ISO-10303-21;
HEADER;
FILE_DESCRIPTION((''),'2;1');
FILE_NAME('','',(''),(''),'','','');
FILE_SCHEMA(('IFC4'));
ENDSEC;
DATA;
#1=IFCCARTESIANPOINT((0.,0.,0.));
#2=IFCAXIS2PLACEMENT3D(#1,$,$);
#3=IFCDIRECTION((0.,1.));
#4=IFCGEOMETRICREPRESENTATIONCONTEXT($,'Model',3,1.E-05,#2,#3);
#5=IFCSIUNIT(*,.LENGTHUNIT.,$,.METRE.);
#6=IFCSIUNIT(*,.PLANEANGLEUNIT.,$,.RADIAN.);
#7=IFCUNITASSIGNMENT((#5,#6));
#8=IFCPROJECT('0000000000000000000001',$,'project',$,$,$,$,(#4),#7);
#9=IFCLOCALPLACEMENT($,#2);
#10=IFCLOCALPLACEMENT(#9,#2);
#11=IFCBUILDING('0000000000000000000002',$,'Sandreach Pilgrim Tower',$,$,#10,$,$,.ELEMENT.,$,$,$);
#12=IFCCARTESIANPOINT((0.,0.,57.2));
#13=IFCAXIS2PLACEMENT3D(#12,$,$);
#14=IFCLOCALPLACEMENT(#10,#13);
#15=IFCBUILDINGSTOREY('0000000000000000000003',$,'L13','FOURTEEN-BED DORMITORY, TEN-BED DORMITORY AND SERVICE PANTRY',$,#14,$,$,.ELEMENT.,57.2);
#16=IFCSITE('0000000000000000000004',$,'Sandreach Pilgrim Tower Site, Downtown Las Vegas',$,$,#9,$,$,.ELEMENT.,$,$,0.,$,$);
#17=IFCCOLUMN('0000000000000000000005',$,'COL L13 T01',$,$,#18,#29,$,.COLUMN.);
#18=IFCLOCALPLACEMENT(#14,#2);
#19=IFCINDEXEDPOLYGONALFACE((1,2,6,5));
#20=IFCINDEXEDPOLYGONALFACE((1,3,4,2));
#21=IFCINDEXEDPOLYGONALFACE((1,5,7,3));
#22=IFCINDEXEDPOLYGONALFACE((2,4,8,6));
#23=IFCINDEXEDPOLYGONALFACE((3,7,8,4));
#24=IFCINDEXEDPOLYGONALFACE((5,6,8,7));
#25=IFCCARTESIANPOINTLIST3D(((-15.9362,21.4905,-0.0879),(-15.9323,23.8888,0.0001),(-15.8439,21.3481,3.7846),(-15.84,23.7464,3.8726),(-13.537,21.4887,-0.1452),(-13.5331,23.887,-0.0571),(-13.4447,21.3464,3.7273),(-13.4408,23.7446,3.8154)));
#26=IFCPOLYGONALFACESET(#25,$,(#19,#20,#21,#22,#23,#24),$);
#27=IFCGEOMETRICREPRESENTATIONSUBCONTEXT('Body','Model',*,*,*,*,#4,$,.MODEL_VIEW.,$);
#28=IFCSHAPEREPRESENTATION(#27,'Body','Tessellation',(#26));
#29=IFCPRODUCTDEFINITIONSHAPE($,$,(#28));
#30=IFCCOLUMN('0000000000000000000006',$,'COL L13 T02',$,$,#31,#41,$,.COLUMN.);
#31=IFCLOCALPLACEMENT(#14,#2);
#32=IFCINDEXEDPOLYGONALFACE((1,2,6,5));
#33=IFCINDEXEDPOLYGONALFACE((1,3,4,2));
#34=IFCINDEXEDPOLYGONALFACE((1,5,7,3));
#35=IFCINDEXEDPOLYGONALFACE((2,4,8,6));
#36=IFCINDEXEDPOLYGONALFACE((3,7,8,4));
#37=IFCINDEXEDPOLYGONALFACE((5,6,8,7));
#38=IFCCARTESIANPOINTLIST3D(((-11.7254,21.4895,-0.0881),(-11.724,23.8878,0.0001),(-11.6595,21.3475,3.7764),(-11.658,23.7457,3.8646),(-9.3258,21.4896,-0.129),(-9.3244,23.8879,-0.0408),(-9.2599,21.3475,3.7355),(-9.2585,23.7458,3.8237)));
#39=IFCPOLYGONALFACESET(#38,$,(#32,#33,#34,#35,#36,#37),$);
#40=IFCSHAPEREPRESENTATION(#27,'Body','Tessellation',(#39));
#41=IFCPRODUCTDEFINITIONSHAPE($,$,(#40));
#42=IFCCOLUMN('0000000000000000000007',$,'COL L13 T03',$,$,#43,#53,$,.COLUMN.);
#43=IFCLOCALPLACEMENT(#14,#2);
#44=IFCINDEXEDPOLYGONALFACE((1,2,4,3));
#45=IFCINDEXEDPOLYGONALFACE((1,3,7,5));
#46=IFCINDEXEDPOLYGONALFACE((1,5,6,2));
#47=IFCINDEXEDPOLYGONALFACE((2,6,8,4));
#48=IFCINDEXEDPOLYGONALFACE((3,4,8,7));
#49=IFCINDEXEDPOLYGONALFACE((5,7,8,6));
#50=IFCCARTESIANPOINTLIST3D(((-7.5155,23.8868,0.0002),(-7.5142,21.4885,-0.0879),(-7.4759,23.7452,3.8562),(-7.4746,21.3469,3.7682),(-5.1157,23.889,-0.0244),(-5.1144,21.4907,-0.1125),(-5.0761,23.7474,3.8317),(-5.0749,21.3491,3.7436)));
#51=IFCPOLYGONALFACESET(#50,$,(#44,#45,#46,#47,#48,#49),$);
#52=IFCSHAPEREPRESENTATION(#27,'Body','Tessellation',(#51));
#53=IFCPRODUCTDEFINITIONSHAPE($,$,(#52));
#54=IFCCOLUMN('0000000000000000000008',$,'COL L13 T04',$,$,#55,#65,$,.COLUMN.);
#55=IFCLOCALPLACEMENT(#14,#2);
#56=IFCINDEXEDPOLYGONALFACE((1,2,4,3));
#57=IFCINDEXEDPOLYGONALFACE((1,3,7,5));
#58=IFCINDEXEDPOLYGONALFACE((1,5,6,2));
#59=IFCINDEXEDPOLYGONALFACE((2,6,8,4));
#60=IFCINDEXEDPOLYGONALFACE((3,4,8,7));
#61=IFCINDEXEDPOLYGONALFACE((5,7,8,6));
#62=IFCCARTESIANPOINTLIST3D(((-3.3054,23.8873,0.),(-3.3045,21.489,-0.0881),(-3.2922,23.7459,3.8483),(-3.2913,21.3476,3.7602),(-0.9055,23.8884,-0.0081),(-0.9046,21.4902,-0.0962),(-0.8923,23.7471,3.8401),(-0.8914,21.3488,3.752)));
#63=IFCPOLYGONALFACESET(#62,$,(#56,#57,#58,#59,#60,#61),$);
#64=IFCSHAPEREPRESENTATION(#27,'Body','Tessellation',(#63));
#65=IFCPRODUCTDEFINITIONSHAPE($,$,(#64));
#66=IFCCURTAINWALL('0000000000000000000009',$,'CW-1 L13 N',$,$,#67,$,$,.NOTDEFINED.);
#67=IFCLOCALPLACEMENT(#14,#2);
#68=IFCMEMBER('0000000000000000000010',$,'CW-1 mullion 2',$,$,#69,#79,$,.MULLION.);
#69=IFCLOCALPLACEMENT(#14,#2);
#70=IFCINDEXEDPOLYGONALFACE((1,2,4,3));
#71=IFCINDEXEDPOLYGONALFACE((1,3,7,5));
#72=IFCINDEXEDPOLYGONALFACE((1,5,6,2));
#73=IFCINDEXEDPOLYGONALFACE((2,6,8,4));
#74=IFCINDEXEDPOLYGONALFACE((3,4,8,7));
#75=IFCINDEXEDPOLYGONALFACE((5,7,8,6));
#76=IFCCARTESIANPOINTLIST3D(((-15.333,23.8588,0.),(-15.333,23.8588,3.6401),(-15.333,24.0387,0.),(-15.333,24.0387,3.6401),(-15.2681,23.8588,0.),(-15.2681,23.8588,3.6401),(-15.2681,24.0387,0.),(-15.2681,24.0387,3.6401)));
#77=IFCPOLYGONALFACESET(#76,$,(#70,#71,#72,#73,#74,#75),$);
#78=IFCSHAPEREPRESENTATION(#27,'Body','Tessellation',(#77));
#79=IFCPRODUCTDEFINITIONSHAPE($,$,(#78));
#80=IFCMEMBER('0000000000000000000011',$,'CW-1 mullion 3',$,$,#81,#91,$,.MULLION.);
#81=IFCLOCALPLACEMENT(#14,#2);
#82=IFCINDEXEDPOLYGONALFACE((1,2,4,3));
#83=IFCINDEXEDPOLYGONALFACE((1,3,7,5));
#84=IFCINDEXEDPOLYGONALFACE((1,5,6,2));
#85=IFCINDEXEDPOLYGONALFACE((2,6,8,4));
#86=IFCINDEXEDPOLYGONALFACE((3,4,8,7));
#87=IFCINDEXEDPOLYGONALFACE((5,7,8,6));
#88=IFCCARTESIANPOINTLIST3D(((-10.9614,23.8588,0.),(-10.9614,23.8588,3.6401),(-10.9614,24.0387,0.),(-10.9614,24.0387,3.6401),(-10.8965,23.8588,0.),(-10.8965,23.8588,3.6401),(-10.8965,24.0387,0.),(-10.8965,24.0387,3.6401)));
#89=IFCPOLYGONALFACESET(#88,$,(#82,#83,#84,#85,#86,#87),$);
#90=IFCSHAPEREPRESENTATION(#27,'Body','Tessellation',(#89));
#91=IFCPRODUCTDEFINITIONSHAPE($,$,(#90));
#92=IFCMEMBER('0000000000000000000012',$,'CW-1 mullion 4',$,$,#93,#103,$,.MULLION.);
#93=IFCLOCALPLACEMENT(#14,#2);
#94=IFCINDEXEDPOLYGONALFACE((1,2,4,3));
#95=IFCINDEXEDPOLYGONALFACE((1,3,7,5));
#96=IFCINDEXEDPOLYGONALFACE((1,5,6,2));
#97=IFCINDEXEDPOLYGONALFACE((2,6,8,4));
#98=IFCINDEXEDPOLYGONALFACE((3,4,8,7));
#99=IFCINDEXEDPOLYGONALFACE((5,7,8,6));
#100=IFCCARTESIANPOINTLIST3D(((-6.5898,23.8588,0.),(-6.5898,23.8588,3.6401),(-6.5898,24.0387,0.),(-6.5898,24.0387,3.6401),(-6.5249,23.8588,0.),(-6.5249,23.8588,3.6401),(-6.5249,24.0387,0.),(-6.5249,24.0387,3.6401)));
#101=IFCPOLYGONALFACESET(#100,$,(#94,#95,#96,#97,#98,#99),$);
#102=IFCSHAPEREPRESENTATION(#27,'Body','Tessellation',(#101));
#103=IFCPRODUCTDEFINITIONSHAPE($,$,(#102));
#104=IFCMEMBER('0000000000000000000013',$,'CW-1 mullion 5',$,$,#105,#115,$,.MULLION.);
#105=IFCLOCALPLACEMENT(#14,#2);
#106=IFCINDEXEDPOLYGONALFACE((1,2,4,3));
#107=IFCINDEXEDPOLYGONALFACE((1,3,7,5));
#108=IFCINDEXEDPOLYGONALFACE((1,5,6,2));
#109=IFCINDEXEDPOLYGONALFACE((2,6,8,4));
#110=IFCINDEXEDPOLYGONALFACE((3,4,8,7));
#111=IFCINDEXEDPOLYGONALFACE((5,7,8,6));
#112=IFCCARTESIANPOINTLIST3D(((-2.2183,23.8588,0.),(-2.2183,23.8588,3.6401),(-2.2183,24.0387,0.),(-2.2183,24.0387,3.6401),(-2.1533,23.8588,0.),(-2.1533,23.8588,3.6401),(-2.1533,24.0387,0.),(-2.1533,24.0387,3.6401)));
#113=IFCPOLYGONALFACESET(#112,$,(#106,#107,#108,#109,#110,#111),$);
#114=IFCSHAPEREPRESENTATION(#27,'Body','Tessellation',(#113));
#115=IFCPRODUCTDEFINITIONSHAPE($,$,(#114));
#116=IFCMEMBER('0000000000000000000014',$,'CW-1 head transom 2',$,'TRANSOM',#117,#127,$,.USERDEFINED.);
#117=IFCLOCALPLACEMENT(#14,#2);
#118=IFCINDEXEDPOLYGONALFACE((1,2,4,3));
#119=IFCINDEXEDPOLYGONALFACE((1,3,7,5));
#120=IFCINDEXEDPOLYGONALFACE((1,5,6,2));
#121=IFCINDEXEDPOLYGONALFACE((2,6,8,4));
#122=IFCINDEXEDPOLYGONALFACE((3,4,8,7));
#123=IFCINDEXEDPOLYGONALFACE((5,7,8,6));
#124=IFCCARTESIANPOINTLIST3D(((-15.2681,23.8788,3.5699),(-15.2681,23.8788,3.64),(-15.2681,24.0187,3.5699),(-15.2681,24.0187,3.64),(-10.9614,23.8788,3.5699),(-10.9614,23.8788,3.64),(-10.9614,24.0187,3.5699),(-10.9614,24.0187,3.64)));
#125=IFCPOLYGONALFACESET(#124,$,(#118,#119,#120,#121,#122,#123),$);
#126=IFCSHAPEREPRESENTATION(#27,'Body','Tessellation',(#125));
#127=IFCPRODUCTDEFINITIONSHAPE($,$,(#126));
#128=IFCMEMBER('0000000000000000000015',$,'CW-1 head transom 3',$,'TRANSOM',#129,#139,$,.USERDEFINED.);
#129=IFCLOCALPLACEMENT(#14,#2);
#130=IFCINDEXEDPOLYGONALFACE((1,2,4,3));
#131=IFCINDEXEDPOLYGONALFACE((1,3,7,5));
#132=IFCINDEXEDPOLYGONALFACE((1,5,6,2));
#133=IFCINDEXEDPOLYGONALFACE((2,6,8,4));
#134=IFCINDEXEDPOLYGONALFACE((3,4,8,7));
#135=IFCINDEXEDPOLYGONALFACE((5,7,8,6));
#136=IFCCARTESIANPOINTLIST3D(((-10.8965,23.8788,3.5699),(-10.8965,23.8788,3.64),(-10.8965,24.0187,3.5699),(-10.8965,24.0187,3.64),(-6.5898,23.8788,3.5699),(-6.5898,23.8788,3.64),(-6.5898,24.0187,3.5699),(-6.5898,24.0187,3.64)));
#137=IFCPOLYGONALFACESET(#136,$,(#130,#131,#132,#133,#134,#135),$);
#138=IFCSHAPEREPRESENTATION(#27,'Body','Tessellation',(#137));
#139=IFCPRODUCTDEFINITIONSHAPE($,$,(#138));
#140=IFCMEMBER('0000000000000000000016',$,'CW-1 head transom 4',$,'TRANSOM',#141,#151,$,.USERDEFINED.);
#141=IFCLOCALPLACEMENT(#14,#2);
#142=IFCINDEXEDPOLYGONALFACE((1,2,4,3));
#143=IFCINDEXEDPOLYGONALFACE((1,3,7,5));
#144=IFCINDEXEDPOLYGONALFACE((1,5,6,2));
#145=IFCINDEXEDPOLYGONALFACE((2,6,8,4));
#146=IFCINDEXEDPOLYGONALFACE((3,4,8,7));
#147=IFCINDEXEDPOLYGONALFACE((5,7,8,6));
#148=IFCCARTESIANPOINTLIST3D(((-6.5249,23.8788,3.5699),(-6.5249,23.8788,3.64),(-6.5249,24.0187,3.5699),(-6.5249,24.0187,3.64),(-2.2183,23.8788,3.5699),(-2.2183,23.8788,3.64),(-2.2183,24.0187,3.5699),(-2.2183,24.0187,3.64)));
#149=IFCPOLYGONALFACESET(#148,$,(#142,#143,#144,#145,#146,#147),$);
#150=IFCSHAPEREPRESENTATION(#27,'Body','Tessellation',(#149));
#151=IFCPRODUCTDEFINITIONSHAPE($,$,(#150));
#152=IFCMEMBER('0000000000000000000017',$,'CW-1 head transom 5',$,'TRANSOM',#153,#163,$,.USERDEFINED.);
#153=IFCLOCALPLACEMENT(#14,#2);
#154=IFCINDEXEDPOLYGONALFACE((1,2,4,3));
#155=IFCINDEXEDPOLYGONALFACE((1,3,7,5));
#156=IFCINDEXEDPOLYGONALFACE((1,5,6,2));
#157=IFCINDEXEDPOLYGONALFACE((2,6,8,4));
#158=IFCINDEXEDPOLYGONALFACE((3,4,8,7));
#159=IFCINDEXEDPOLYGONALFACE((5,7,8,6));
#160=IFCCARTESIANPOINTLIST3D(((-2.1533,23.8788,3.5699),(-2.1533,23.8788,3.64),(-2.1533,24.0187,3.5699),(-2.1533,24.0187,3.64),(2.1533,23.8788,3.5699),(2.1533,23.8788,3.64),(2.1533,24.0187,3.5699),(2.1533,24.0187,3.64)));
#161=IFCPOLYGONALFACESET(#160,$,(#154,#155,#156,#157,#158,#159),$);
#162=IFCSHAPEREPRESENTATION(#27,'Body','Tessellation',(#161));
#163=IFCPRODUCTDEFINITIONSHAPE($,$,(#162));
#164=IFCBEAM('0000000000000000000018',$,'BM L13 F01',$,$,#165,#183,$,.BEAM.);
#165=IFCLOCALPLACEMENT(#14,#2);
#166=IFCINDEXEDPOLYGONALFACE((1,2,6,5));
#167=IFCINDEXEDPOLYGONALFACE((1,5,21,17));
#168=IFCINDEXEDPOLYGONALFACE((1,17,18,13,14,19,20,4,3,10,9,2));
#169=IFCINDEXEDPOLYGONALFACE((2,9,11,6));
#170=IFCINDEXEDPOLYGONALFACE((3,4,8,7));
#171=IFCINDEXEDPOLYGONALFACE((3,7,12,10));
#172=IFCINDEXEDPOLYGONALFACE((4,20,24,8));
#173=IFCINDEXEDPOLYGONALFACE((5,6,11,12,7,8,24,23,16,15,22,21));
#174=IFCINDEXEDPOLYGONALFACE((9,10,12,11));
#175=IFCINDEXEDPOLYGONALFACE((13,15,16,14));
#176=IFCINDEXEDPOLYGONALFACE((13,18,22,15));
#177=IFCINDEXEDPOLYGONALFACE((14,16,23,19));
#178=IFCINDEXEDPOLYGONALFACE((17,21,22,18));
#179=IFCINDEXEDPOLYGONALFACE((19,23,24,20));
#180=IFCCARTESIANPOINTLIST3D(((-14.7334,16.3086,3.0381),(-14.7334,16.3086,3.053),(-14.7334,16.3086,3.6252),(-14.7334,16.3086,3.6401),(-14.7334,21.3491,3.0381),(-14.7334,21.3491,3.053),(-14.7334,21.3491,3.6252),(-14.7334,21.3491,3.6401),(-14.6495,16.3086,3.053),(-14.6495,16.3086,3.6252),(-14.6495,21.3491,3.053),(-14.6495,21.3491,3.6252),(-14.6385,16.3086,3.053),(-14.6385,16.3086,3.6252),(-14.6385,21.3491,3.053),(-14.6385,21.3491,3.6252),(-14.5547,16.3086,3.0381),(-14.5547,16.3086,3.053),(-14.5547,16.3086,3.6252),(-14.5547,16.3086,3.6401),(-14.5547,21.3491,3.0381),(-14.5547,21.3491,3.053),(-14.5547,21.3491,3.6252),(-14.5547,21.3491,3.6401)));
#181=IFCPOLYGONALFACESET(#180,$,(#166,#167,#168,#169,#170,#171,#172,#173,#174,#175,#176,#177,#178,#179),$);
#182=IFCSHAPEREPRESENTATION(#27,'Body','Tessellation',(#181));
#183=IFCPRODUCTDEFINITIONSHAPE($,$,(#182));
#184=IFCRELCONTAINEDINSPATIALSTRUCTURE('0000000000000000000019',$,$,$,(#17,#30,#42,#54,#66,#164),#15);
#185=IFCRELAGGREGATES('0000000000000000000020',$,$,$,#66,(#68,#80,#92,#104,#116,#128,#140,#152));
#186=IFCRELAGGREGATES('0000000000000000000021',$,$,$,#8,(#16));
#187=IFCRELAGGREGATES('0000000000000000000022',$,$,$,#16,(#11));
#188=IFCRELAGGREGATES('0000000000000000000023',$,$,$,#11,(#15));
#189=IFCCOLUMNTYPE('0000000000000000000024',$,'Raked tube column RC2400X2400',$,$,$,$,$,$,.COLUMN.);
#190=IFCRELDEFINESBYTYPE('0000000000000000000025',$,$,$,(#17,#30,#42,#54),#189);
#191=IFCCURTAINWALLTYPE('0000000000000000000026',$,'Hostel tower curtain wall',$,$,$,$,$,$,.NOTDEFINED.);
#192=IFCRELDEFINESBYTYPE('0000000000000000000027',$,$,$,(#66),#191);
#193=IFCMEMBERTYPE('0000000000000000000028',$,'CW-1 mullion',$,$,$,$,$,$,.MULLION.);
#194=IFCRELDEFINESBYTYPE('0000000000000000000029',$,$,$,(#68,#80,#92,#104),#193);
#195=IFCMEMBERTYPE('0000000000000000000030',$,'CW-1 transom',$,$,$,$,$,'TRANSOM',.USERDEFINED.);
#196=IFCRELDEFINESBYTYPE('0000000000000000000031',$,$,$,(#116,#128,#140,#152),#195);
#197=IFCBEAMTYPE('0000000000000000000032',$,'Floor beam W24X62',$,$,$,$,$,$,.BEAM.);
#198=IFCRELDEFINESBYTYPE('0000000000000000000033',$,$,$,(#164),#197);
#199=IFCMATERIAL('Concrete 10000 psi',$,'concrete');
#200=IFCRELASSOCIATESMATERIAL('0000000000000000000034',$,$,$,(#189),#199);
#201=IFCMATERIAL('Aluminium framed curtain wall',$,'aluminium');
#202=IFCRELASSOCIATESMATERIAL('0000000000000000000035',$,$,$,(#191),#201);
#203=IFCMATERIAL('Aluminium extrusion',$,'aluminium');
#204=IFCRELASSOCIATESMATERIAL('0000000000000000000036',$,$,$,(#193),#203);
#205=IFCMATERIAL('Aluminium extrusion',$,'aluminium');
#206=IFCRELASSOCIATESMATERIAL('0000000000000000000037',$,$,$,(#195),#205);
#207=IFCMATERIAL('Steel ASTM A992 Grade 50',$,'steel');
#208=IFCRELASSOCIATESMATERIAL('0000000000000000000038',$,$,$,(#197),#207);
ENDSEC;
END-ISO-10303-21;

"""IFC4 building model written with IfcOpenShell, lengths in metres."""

from ifc_helpers import new_model, si_unit, direction, frame, origin, origin_2d, place, context, subcontext, project, spatial, rectangle, i_section, extrude, material, material_profile, profile_set, type_object, element, aggregate, save


model = new_model("IFC4")

# Units and contexts
model_context = context("Model", 3, precision=1e-05, world=origin(), true_north=direction((0.0, 1.0)))
body_context = subcontext(model_context, "Body", "Model", "MODEL_VIEW")
ifc_project = project(units=[si_unit("LENGTHUNIT", "METRE"), si_unit("PLANEANGLEUNIT", "RADIAN")], contexts=[model_context])

# Site, building, storey
site_placement = place(None, origin())
site = spatial("IfcSite", under=ifc_project, at=site_placement, Name="Sandreach Pilgrim Tower Site, Downtown Las Vegas", CompositionType="ELEMENT", RefElevation=0.0)
building_placement = place(site_placement, origin())
building = spatial("IfcBuilding", under=site, at=building_placement, Name="Sandreach Pilgrim Tower", CompositionType="ELEMENT")
storey_placement = place(building_placement, frame((0.0, 0.0, 57.2)))
storey = spatial("IfcBuildingStorey", under=building, at=storey_placement, Name="L13", Description="FOURTEEN-BED DORMITORY, TEN-BED DORMITORY AND SERVICE PANTRY", CompositionType="ELEMENT", Elevation=57.2)

# Columns
ifc_material_1 = material(Name="Concrete 10000 psi", Category="concrete")
ifc_material_profile_1 = material_profile(ifc_material_1, rectangle(XDim=2.3999, YDim=2.3999, at=origin_2d()), Name="RC2400X2400")
ifc_profile_set_1 = profile_set([ifc_material_profile_1], Name="Concrete 10000 psi")
column_type = type_object("IfcColumnType", Name="Raked tube column RC2400X2400", PredefinedType="COLUMN", material=ifc_profile_set_1)
column_1_placement = place(storey_placement, frame((-14.7346, 22.6887, -0.0725), z_axis=(0.023808, -0.036719, 0.999042), x_axis=(0.00162, 0.999325, 0.036691)))
element("IfcColumn", 1, at=column_1_placement, inside=storey, type_object=column_type, Name="COL L13 T01", PredefinedType="COLUMN", context=body_context, shape_type="SweptSolid", body=[
    extrude(rectangle(XDim=2.3999, YDim=2.3999, at=origin_2d()), origin(), (0.0, 0.0, 1.0), 3.8762),
])
column_2_placement = place(storey_placement, frame((-10.5249, 22.6887, -0.0645), z_axis=(0.017043, -0.036738, 0.99918), x_axis=(0.000594, 0.999325, 0.036733)))
element("IfcColumn", 2, at=column_2_placement, inside=storey, type_object=column_type, Name="COL L13 T02", PredefinedType="COLUMN", context=body_context, shape_type="SweptSolid", body=[
    extrude(rectangle(XDim=2.3999, YDim=2.3999, at=origin_2d()), origin(), (0.0, 0.0, 1.0), 3.8677),
])
column_3_placement = place(storey_placement, frame((-6.3149, 22.6887, -0.0562), z_axis=(0.010249, -0.036694, 0.999274), x_axis=(-0.000537, 0.999326, 0.036701)))
element("IfcColumn", 3, at=column_3_placement, inside=storey, type_object=column_type, Name="COL L13 T03", PredefinedType="COLUMN", context=body_context, shape_type="SweptSolid", body=[
    extrude(rectangle(XDim=2.3999, YDim=2.3999, at=origin_2d()), origin(), (0.0, 0.0, 1.0), 3.8589),
])
column_4_placement = place(storey_placement, frame((-2.105, 22.6887, -0.0481), z_axis=(0.003424, -0.036709, 0.99932), x_axis=(-0.000359, 0.999326, 0.03671)))
element("IfcColumn", 4, at=column_4_placement, inside=storey, type_object=column_type, Name="COL L13 T04", PredefinedType="COLUMN", context=body_context, shape_type="SweptSolid", body=[
    extrude(rectangle(XDim=2.3999, YDim=2.3999, at=origin_2d()), origin(), (0.0, 0.0, 1.0), 3.8508),
])

# Curtain wall, members
ifc_material_2 = material(Name="Aluminium framed curtain wall", Category="aluminium")
curtain_wall_type = type_object("IfcCurtainWallType", Name="Hostel tower curtain wall", PredefinedType="NOTDEFINED", material=ifc_material_2)
curtain_wall_placement = place(storey_placement, origin())
curtain_wall = element("IfcCurtainWall", 5, at=curtain_wall_placement, inside=storey, type_object=curtain_wall_type, Name="CW-1 L13 N", PredefinedType="NOTDEFINED")
ifc_material_3 = material(Name="Aluminium extrusion", Category="aluminium")
ifc_material_profile_2 = material_profile(ifc_material_3, rectangle(XDim=0.0649, YDim=0.1799, at=origin_2d()), Name="CW-1M 65X180")
ifc_profile_set_2 = profile_set([ifc_material_profile_2], Name="Aluminium extrusion")
member_type_1 = type_object("IfcMemberType", Name="CW-1 mullion", PredefinedType="MULLION", material=ifc_profile_set_2)
member_1_placement = place(storey_placement, frame((-15.3005, 23.9487, 0.0), z_axis=(0.0, 0.0, 1.0), x_axis=(1.0, 0.0, 0.0)))
member_1 = element("IfcMember", 6, at=member_1_placement, type_object=member_type_1, Name="CW-1 mullion 2", PredefinedType="MULLION", context=body_context, shape_type="SweptSolid", body=[
    extrude(rectangle(XDim=0.0649, YDim=0.1799, at=origin_2d()), origin(), (0.0, 0.0, 1.0), 3.6401),
])
member_2_placement = place(storey_placement, frame((-10.929, 23.9487, 0.0), z_axis=(0.0, 0.0, 1.0), x_axis=(1.0, 0.0, 0.0)))
member_2 = element("IfcMember", 7, at=member_2_placement, type_object=member_type_1, Name="CW-1 mullion 3", PredefinedType="MULLION", context=body_context, shape_type="SweptSolid", body=[
    extrude(rectangle(XDim=0.0649, YDim=0.1799, at=origin_2d()), origin(), (0.0, 0.0, 1.0), 3.6401),
])
member_3_placement = place(storey_placement, frame((-6.5574, 23.9487, 0.0), z_axis=(0.0, 0.0, 1.0), x_axis=(1.0, 0.0, 0.0)))
member_3 = element("IfcMember", 8, at=member_3_placement, type_object=member_type_1, Name="CW-1 mullion 4", PredefinedType="MULLION", context=body_context, shape_type="SweptSolid", body=[
    extrude(rectangle(XDim=0.0649, YDim=0.1799, at=origin_2d()), origin(), (0.0, 0.0, 1.0), 3.6401),
])
member_4_placement = place(storey_placement, frame((-2.1858, 23.9487, 0.0), z_axis=(0.0, 0.0, 1.0), x_axis=(1.0, 0.0, 0.0)))
member_4 = element("IfcMember", 9, at=member_4_placement, type_object=member_type_1, Name="CW-1 mullion 5", PredefinedType="MULLION", context=body_context, shape_type="SweptSolid", body=[
    extrude(rectangle(XDim=0.0649, YDim=0.1799, at=origin_2d()), origin(), (0.0, 0.0, 1.0), 3.6401),
])
ifc_material_4 = material(Name="Aluminium extrusion", Category="aluminium")
ifc_material_profile_3 = material_profile(ifc_material_4, rectangle(XDim=0.1399, YDim=0.0701, at=origin_2d()), Name="CW-1T 140X70")
ifc_profile_set_3 = profile_set([ifc_material_profile_3], Name="Aluminium extrusion")
member_type_2 = type_object("IfcMemberType", Name="CW-1 transom", ElementType="TRANSOM", PredefinedType="USERDEFINED", material=ifc_profile_set_3)
member_5_placement = place(storey_placement, frame((-15.2681, 23.9487, 3.605), z_axis=(1.0, 0.0, 0.0), x_axis=(0.0, 1.0, 0.0)))
member_5 = element("IfcMember", 10, at=member_5_placement, type_object=member_type_2, Name="CW-1 head transom 2", ObjectType="TRANSOM", PredefinedType="USERDEFINED", context=body_context, shape_type="SweptSolid", body=[
    extrude(rectangle(XDim=0.1399, YDim=0.0701, at=origin_2d()), origin(), (0.0, 0.0, 1.0), 4.3066),
])
member_6_placement = place(storey_placement, frame((-10.8965, 23.9487, 3.605), z_axis=(1.0, 0.0, 0.0), x_axis=(0.0, 1.0, 0.0)))
member_6 = element("IfcMember", 11, at=member_6_placement, type_object=member_type_2, Name="CW-1 head transom 3", ObjectType="TRANSOM", PredefinedType="USERDEFINED", context=body_context, shape_type="SweptSolid", body=[
    extrude(rectangle(XDim=0.1399, YDim=0.0701, at=origin_2d()), origin(), (0.0, 0.0, 1.0), 4.3066),
])
member_7_placement = place(storey_placement, frame((-6.5249, 23.9487, 3.605), z_axis=(1.0, 0.0, 0.0), x_axis=(0.0, 1.0, 0.0)))
member_7 = element("IfcMember", 12, at=member_7_placement, type_object=member_type_2, Name="CW-1 head transom 4", ObjectType="TRANSOM", PredefinedType="USERDEFINED", context=body_context, shape_type="SweptSolid", body=[
    extrude(rectangle(XDim=0.1399, YDim=0.0701, at=origin_2d()), origin(), (0.0, 0.0, 1.0), 4.3066),
])
member_8_placement = place(storey_placement, frame((-2.1533, 23.9487, 3.605), z_axis=(1.0, 0.0, 0.0), x_axis=(0.0, 1.0, 0.0)))
member_8 = element("IfcMember", 13, at=member_8_placement, type_object=member_type_2, Name="CW-1 head transom 5", ObjectType="TRANSOM", PredefinedType="USERDEFINED", context=body_context, shape_type="SweptSolid", body=[
    extrude(rectangle(XDim=0.1399, YDim=0.0701, at=origin_2d()), origin(), (0.0, 0.0, 1.0), 4.3066),
])

# Beam
ifc_material_5 = material(Name="Steel ASTM A992 Grade 50", Category="steel")
ifc_material_profile_4 = material_profile(ifc_material_5, i_section(OverallWidth=0.1787, OverallDepth=0.6021, WebThickness=0.011, FlangeThickness=0.0149, at=origin_2d()), Name="W24X62")
ifc_profile_set_4 = profile_set([ifc_material_profile_4], Name="Steel ASTM A992 Grade 50")
beam_type_1 = type_object("IfcBeamType", Name="Floor beam W24X62", PredefinedType="BEAM", material=ifc_profile_set_4)
beam_1_placement = place(storey_placement, frame((-14.644, 21.3491, 3.3391), z_axis=(0.0, -1.0, 0.0), x_axis=(1.0, 0.0, 0.0)))
element("IfcBeam", 14, at=beam_1_placement, inside=storey, type_object=beam_type_1, Name="BM L13 F01", PredefinedType="BEAM", context=body_context, shape_type="SweptSolid", body=[
    extrude(i_section(OverallWidth=0.1787, OverallDepth=0.6021, WebThickness=0.011, FlangeThickness=0.0149, at=origin_2d()), origin(), (0.0, 0.0, 1.0), 5.0405),
])

aggregate(curtain_wall, [member_1, member_2, member_3, member_4, member_5, member_6, member_7, member_8])

save(model, "model.ifc")
